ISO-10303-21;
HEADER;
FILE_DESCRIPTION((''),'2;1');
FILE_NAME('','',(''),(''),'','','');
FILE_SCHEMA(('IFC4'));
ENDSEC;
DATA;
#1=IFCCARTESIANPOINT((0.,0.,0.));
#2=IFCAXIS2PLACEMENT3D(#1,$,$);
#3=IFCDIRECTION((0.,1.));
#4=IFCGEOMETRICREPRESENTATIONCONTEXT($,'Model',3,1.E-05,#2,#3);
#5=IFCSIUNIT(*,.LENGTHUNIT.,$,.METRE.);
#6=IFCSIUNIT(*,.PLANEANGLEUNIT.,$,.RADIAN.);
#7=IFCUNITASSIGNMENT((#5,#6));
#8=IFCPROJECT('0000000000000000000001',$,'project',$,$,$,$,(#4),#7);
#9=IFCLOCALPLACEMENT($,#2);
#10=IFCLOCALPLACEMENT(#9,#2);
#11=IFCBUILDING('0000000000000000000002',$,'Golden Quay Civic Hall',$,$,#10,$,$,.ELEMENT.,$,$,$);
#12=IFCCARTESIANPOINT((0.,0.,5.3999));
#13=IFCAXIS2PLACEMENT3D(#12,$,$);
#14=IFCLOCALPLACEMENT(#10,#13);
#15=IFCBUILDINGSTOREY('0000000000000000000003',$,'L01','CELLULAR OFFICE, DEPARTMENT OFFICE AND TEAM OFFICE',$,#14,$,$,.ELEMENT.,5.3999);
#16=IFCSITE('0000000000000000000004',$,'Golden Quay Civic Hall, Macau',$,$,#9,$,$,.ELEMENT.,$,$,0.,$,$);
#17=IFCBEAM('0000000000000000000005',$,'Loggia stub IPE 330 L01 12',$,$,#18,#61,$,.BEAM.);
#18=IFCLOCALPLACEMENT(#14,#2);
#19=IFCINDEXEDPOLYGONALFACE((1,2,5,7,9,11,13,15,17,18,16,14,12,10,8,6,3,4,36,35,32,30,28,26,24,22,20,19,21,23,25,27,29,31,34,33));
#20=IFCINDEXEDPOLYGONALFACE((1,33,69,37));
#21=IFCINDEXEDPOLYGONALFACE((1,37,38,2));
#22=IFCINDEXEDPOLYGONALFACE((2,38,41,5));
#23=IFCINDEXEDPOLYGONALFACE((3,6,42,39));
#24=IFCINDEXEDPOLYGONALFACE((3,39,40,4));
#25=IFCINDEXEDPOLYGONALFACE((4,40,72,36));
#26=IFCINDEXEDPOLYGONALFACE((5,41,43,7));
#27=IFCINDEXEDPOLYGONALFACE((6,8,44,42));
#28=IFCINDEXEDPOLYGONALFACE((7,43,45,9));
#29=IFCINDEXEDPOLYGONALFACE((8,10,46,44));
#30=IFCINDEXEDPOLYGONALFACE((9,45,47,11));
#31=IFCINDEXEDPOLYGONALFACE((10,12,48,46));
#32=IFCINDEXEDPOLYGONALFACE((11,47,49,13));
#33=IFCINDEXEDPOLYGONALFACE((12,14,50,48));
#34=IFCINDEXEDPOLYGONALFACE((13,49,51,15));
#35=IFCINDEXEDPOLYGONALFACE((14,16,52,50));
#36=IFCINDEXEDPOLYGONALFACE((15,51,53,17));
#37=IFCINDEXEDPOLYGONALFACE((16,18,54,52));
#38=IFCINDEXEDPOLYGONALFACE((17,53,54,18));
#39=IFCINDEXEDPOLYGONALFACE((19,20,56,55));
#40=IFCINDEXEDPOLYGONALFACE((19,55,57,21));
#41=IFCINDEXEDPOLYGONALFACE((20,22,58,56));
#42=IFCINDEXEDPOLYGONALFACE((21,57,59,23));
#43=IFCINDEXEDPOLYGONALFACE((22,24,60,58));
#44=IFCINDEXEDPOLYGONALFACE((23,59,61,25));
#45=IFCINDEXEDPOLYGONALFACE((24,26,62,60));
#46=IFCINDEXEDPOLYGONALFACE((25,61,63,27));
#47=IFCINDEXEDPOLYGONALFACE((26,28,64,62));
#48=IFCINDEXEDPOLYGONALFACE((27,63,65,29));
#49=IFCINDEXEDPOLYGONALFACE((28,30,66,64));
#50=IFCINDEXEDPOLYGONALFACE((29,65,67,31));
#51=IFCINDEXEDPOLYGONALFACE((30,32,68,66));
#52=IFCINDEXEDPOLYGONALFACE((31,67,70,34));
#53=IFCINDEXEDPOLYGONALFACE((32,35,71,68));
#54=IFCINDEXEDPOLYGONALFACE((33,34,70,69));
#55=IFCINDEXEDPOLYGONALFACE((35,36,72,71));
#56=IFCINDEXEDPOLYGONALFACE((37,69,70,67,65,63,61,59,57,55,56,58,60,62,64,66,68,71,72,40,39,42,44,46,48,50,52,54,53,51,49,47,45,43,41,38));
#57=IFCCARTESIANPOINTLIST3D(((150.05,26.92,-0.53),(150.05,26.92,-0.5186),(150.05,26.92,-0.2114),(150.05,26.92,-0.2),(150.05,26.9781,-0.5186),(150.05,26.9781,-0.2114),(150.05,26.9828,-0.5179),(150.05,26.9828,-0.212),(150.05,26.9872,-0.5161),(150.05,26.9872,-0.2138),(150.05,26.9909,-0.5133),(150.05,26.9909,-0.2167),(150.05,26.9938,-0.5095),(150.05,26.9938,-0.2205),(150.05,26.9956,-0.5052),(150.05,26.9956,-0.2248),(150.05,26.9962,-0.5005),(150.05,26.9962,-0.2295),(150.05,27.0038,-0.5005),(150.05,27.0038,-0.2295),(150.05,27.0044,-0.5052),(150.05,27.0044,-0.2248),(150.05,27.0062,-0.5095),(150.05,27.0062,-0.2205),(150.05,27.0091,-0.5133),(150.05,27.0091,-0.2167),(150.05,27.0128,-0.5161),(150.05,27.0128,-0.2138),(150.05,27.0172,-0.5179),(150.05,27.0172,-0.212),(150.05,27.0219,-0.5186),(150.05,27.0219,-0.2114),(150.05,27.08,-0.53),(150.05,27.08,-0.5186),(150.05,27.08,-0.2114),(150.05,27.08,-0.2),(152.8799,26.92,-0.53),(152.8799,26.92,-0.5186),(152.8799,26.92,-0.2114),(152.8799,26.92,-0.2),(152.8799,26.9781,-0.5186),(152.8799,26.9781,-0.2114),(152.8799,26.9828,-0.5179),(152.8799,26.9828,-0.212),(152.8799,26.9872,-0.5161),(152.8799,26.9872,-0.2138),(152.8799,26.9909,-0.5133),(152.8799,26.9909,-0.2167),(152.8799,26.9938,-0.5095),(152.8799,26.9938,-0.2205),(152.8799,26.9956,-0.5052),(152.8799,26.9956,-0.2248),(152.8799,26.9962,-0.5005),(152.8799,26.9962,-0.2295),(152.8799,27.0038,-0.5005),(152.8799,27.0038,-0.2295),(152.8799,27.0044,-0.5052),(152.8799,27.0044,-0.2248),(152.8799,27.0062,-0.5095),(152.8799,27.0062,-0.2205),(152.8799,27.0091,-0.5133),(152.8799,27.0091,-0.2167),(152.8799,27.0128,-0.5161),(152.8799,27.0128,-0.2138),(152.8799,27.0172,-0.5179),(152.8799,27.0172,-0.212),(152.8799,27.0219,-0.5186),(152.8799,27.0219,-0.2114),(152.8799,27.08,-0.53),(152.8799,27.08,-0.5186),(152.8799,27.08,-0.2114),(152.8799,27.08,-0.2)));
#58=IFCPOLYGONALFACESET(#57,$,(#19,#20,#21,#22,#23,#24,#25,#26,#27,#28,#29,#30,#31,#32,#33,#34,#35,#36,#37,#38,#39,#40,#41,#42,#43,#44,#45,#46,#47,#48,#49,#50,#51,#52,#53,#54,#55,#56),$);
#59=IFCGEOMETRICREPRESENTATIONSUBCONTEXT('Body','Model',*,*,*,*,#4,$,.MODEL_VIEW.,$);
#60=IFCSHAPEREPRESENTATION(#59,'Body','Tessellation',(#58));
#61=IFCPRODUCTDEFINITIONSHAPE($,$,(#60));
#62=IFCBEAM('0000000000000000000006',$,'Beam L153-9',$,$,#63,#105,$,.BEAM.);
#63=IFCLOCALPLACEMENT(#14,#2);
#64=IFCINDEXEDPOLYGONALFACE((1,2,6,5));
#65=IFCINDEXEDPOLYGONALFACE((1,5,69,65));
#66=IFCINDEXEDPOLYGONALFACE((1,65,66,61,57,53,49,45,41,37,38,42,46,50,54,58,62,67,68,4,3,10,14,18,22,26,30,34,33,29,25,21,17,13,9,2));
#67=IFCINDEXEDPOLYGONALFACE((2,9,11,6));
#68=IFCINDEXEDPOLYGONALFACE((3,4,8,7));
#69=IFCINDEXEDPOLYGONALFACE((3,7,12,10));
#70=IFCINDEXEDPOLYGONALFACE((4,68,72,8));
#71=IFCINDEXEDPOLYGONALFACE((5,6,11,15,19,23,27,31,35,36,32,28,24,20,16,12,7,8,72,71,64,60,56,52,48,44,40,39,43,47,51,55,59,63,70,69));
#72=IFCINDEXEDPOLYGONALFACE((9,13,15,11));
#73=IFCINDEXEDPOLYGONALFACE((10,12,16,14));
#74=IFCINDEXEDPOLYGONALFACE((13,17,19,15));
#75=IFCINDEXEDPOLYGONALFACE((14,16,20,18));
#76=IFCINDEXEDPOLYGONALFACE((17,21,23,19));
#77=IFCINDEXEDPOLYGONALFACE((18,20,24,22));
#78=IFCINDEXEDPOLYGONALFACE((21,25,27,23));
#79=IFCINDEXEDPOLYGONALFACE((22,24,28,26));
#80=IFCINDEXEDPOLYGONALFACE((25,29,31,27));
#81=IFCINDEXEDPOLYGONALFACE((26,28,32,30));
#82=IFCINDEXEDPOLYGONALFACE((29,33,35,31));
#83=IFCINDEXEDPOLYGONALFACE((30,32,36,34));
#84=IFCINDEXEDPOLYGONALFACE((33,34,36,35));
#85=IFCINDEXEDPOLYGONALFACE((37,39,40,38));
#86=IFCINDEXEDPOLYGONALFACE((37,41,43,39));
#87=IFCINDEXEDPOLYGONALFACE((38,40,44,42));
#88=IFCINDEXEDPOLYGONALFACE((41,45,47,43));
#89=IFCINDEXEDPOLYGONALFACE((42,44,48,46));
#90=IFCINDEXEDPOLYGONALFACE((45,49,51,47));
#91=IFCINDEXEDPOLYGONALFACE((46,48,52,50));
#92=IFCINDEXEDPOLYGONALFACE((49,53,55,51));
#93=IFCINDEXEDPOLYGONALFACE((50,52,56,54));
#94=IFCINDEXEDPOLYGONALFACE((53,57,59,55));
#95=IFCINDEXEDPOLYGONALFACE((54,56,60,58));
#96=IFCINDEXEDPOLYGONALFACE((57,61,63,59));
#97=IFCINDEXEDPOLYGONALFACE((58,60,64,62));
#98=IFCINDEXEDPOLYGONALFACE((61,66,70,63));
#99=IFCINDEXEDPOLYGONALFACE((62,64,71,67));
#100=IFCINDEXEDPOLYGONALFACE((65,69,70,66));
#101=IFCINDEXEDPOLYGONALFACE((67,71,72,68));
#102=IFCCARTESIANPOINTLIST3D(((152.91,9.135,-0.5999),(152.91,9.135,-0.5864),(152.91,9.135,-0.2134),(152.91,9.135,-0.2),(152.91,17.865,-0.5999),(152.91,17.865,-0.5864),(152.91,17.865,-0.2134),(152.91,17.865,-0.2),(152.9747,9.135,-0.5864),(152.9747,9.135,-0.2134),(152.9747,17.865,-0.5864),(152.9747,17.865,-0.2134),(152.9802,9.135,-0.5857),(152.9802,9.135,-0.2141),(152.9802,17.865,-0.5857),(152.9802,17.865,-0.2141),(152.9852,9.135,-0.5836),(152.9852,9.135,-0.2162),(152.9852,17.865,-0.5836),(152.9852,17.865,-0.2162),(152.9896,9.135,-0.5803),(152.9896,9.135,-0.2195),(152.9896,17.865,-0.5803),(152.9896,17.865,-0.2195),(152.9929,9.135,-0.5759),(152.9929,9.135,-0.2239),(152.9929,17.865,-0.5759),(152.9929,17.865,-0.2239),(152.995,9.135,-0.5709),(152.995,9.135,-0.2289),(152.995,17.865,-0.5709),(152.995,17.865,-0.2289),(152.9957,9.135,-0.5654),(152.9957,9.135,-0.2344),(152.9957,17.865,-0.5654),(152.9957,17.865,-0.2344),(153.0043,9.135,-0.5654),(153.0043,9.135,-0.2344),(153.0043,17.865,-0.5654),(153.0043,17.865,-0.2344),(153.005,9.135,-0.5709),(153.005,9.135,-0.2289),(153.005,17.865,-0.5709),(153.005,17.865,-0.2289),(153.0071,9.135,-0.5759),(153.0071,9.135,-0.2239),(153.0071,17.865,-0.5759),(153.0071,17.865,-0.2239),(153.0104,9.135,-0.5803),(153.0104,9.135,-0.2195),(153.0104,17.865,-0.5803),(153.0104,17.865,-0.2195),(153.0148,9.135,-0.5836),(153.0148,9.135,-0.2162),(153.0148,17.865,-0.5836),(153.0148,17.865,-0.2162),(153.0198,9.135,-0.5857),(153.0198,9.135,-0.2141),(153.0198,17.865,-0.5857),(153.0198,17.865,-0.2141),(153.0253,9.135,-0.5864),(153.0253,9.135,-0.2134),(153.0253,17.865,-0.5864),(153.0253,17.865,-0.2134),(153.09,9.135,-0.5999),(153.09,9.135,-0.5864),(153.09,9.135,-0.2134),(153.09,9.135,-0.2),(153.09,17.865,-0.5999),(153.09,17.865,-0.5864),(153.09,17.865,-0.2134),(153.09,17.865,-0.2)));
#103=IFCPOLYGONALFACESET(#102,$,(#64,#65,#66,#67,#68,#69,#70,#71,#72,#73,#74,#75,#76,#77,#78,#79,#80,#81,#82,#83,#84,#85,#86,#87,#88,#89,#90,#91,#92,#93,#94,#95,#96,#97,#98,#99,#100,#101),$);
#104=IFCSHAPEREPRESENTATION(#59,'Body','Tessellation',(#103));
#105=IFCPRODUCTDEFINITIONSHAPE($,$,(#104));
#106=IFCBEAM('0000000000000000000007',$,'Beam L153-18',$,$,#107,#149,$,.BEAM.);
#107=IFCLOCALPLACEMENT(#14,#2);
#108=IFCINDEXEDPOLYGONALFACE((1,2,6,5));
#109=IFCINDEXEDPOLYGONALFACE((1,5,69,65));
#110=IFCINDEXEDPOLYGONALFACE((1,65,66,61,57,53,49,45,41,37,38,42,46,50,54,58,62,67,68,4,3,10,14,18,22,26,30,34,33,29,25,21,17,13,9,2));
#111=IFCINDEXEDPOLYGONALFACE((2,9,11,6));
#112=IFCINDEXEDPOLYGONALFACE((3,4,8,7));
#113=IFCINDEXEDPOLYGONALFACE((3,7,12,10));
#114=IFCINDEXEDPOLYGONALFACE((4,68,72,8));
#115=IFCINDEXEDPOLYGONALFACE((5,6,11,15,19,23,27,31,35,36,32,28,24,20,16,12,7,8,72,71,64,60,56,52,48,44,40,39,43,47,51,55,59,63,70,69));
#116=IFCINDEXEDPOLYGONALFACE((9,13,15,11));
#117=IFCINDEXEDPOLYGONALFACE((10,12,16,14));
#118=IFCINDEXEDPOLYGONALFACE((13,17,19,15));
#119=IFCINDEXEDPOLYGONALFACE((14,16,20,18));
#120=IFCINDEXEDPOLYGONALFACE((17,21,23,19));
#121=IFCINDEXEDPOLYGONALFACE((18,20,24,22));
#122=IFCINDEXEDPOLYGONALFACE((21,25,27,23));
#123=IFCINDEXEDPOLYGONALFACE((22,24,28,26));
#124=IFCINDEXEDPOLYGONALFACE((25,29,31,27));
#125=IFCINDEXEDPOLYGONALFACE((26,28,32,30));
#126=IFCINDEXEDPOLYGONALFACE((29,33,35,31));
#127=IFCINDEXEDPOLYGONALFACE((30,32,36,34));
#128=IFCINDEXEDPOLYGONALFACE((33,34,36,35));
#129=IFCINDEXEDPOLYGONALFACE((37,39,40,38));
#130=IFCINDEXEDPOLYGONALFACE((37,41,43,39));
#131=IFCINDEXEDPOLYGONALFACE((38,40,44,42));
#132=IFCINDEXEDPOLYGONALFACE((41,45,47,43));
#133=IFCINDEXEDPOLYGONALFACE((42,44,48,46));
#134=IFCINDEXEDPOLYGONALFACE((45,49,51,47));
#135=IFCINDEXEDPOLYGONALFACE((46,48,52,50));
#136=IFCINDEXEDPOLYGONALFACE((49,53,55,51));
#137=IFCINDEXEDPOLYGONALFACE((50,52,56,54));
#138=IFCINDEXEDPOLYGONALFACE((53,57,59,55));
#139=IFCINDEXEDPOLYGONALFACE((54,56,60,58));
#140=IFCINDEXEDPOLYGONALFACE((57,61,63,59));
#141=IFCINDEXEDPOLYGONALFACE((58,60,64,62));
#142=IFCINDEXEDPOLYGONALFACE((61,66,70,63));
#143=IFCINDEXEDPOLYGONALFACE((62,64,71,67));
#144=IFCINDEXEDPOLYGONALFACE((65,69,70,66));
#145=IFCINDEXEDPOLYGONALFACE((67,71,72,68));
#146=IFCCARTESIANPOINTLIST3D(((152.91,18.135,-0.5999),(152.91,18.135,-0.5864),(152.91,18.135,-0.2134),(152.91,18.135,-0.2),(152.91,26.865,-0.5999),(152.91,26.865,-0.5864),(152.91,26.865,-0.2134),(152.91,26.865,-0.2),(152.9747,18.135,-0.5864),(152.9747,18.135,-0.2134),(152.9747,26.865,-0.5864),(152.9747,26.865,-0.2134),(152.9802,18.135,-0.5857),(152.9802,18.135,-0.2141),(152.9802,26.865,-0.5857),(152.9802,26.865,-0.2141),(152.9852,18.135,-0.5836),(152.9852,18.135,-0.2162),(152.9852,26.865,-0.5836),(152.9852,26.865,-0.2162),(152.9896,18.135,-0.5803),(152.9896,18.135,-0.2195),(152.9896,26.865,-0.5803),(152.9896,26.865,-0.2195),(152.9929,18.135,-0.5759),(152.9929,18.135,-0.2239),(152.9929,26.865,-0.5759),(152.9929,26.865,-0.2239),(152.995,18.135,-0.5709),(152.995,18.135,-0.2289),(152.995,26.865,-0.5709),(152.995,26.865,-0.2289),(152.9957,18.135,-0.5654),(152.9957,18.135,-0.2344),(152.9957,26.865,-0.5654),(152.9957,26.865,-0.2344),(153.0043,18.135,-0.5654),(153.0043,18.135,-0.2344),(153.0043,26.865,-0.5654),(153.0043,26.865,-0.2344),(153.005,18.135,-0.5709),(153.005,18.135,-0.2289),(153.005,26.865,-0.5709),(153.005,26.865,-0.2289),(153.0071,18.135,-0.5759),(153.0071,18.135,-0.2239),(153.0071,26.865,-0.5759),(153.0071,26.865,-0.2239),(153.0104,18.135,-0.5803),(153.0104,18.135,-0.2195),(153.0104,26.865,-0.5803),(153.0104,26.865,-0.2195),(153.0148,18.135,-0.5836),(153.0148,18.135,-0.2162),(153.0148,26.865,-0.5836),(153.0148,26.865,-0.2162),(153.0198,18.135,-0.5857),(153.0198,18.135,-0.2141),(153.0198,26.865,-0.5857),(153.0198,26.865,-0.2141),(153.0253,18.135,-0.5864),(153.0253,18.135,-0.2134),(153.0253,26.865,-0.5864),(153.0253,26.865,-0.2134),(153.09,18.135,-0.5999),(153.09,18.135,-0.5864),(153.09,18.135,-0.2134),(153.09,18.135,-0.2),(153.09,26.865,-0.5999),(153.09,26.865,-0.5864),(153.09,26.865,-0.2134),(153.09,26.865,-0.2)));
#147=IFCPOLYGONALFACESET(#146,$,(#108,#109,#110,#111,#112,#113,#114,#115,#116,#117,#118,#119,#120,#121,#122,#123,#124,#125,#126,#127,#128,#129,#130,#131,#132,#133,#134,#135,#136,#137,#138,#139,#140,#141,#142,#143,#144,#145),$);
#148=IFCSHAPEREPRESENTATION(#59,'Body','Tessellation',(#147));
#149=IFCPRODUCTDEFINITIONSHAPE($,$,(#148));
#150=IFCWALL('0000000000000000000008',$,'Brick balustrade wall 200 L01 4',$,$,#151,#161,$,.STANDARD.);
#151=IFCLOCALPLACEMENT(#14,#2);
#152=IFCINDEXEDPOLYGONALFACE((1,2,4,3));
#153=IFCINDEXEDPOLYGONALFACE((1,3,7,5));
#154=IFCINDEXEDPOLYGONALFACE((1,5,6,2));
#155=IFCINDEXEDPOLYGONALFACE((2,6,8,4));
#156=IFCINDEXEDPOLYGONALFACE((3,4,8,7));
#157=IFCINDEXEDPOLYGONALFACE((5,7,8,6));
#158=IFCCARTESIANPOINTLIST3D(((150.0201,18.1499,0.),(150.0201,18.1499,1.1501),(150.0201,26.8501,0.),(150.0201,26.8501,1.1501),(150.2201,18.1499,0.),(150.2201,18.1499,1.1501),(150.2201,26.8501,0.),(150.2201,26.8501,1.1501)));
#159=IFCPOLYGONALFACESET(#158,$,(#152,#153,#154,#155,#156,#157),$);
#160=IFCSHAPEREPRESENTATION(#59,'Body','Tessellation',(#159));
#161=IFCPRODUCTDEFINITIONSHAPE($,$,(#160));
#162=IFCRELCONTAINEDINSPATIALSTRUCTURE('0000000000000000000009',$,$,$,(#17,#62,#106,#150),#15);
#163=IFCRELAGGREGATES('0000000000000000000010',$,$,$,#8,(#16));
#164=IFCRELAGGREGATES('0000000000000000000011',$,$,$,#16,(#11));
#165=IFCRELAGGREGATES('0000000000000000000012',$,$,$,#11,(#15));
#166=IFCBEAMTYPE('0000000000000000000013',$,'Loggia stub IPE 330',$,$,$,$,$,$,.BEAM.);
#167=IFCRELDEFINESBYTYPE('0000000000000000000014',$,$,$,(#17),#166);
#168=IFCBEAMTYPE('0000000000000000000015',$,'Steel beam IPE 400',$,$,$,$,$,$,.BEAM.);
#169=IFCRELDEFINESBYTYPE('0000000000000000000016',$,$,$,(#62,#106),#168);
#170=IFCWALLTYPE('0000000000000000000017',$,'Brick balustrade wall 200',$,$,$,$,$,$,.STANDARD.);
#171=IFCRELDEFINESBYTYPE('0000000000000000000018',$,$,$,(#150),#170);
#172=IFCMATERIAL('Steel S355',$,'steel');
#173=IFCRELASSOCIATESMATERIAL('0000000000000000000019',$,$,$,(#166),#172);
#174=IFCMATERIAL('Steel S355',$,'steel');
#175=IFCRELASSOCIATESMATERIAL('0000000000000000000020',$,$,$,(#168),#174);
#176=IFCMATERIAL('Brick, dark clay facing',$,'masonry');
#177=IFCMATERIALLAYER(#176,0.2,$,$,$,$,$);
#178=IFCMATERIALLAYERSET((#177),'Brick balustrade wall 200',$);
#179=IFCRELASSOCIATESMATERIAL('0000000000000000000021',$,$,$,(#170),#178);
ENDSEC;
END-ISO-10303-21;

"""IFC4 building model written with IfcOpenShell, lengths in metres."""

from ifc_helpers import new_model, si_unit, direction, frame, frame_2d, origin, origin_2d, place, context, subcontext, project, spatial, rectangle, i_section, extrude, material, layer, layer_set, material_profile, profile_set, type_object, element, save


model = new_model("IFC4")

# Units and contexts
model_context = context("Model", 3, precision=1e-05, world=origin(), true_north=direction((0.0, 1.0)))
body_context = subcontext(model_context, "Body", "Model", "MODEL_VIEW")
ifc_project = project(units=[si_unit("LENGTHUNIT", "METRE"), si_unit("PLANEANGLEUNIT", "RADIAN")], contexts=[model_context])

# Site, building, storey
site_placement = place(None, origin())
site = spatial("IfcSite", under=ifc_project, at=site_placement, Name="Golden Quay Civic Hall, Macau", CompositionType="ELEMENT", RefElevation=0.0)
building_placement = place(site_placement, origin())
building = spatial("IfcBuilding", under=site, at=building_placement, Name="Golden Quay Civic Hall", CompositionType="ELEMENT")
storey_placement = place(building_placement, frame((0.0, 0.0, 5.3999)))
storey = spatial("IfcBuildingStorey", under=building, at=storey_placement, Name="L01", Description="CELLULAR OFFICE, DEPARTMENT OFFICE AND TEAM OFFICE", CompositionType="ELEMENT", Elevation=5.3999)

# Beams
ifc_material_1 = material(Name="Steel S355", Category="steel")
ifc_material_profile_1 = material_profile(ifc_material_1, i_section(OverallWidth=0.1599, OverallDepth=0.3301, WebThickness=0.0076, FlangeThickness=0.0115, FilletRadius=0.0181, at=origin_2d()), Name="IPE 330")
ifc_profile_set_1 = profile_set([ifc_material_profile_1], Name="Steel S355")
beam_type_1 = type_object("IfcBeamType", Name="Loggia stub IPE 330", PredefinedType="BEAM", material=ifc_profile_set_1)
for number, where, z_axis, x_axis, name in (
    (1, (152.8799, 27.0, -0.365), (-1.0, 0.0, 0.0), (0.0, -1.0, 0.0), "Loggia stub IPE 330 L01 12"),
):
    element("IfcBeam", number, at=place(storey_placement, frame(where, z_axis=z_axis, x_axis=x_axis)), inside=storey, type_object=beam_type_1, Name=name, PredefinedType="BEAM", context=body_context, shape_type="SweptSolid", body=[
        extrude(i_section(OverallWidth=0.1599, OverallDepth=0.3301, WebThickness=0.0076, FlangeThickness=0.0115, FilletRadius=0.0181, at=origin_2d()), origin(), (0.0, 0.0, 1.0), 2.8298),
    ])
ifc_material_2 = material(Name="Steel S355", Category="steel")
ifc_material_profile_2 = material_profile(ifc_material_2, i_section(OverallWidth=0.1799, OverallDepth=0.3999, WebThickness=0.0085, FlangeThickness=0.0134, FilletRadius=0.021, at=origin_2d()), Name="IPE 400")
ifc_profile_set_2 = profile_set([ifc_material_profile_2], Name="Steel S355")
beam_type_2 = type_object("IfcBeamType", Name="Steel beam IPE 400", PredefinedType="BEAM", material=ifc_profile_set_2)
for number, where, z_axis, x_axis, name in (
    (2, (153.0, 9.135, -0.3999), (0.0, 1.0, 0.0), (-1.0, 0.0, 0.0), "Beam L153-9"),
    (3, (153.0, 18.135, -0.3999), (0.0, 1.0, 0.0), (-1.0, 0.0, 0.0), "Beam L153-18"),
):
    element("IfcBeam", number, at=place(storey_placement, frame(where, z_axis=z_axis, x_axis=x_axis)), inside=storey, type_object=beam_type_2, Name=name, PredefinedType="BEAM", context=body_context, shape_type="SweptSolid", body=[
        extrude(i_section(OverallWidth=0.1799, OverallDepth=0.3999, WebThickness=0.0085, FlangeThickness=0.0134, FilletRadius=0.021, at=origin_2d()), origin(), (0.0, 0.0, 1.0), 8.73),
    ])

# Wall
ifc_material_3 = material(Name="Brick, dark clay facing", Category="masonry")
ifc_layer_1 = layer(ifc_material_3, 0.2)
ifc_layer_set_1 = layer_set([ifc_layer_1], Name="Brick balustrade wall 200")
wall_type_1 = type_object("IfcWallType", Name="Brick balustrade wall 200", PredefinedType="STANDARD", material=ifc_layer_set_1)
wall_1_placement = place(storey_placement, frame((150.1201, 18.1499, 0.0), z_axis=(0.0, 0.0, 1.0), x_axis=(0.0, 1.0, 0.0)))
element("IfcWall", 4, at=wall_1_placement, inside=storey, type_object=wall_type_1, Name="Brick balustrade wall 200 L01 4", PredefinedType="STANDARD", context=body_context, shape_type="SweptSolid", body=[
    extrude(rectangle(XDim=8.7002, YDim=0.2, at=frame_2d((4.3501, 0.0))), origin(), (0.0, 0.0, 1.0), 1.1501),
])

save(model, "model.ifc")
